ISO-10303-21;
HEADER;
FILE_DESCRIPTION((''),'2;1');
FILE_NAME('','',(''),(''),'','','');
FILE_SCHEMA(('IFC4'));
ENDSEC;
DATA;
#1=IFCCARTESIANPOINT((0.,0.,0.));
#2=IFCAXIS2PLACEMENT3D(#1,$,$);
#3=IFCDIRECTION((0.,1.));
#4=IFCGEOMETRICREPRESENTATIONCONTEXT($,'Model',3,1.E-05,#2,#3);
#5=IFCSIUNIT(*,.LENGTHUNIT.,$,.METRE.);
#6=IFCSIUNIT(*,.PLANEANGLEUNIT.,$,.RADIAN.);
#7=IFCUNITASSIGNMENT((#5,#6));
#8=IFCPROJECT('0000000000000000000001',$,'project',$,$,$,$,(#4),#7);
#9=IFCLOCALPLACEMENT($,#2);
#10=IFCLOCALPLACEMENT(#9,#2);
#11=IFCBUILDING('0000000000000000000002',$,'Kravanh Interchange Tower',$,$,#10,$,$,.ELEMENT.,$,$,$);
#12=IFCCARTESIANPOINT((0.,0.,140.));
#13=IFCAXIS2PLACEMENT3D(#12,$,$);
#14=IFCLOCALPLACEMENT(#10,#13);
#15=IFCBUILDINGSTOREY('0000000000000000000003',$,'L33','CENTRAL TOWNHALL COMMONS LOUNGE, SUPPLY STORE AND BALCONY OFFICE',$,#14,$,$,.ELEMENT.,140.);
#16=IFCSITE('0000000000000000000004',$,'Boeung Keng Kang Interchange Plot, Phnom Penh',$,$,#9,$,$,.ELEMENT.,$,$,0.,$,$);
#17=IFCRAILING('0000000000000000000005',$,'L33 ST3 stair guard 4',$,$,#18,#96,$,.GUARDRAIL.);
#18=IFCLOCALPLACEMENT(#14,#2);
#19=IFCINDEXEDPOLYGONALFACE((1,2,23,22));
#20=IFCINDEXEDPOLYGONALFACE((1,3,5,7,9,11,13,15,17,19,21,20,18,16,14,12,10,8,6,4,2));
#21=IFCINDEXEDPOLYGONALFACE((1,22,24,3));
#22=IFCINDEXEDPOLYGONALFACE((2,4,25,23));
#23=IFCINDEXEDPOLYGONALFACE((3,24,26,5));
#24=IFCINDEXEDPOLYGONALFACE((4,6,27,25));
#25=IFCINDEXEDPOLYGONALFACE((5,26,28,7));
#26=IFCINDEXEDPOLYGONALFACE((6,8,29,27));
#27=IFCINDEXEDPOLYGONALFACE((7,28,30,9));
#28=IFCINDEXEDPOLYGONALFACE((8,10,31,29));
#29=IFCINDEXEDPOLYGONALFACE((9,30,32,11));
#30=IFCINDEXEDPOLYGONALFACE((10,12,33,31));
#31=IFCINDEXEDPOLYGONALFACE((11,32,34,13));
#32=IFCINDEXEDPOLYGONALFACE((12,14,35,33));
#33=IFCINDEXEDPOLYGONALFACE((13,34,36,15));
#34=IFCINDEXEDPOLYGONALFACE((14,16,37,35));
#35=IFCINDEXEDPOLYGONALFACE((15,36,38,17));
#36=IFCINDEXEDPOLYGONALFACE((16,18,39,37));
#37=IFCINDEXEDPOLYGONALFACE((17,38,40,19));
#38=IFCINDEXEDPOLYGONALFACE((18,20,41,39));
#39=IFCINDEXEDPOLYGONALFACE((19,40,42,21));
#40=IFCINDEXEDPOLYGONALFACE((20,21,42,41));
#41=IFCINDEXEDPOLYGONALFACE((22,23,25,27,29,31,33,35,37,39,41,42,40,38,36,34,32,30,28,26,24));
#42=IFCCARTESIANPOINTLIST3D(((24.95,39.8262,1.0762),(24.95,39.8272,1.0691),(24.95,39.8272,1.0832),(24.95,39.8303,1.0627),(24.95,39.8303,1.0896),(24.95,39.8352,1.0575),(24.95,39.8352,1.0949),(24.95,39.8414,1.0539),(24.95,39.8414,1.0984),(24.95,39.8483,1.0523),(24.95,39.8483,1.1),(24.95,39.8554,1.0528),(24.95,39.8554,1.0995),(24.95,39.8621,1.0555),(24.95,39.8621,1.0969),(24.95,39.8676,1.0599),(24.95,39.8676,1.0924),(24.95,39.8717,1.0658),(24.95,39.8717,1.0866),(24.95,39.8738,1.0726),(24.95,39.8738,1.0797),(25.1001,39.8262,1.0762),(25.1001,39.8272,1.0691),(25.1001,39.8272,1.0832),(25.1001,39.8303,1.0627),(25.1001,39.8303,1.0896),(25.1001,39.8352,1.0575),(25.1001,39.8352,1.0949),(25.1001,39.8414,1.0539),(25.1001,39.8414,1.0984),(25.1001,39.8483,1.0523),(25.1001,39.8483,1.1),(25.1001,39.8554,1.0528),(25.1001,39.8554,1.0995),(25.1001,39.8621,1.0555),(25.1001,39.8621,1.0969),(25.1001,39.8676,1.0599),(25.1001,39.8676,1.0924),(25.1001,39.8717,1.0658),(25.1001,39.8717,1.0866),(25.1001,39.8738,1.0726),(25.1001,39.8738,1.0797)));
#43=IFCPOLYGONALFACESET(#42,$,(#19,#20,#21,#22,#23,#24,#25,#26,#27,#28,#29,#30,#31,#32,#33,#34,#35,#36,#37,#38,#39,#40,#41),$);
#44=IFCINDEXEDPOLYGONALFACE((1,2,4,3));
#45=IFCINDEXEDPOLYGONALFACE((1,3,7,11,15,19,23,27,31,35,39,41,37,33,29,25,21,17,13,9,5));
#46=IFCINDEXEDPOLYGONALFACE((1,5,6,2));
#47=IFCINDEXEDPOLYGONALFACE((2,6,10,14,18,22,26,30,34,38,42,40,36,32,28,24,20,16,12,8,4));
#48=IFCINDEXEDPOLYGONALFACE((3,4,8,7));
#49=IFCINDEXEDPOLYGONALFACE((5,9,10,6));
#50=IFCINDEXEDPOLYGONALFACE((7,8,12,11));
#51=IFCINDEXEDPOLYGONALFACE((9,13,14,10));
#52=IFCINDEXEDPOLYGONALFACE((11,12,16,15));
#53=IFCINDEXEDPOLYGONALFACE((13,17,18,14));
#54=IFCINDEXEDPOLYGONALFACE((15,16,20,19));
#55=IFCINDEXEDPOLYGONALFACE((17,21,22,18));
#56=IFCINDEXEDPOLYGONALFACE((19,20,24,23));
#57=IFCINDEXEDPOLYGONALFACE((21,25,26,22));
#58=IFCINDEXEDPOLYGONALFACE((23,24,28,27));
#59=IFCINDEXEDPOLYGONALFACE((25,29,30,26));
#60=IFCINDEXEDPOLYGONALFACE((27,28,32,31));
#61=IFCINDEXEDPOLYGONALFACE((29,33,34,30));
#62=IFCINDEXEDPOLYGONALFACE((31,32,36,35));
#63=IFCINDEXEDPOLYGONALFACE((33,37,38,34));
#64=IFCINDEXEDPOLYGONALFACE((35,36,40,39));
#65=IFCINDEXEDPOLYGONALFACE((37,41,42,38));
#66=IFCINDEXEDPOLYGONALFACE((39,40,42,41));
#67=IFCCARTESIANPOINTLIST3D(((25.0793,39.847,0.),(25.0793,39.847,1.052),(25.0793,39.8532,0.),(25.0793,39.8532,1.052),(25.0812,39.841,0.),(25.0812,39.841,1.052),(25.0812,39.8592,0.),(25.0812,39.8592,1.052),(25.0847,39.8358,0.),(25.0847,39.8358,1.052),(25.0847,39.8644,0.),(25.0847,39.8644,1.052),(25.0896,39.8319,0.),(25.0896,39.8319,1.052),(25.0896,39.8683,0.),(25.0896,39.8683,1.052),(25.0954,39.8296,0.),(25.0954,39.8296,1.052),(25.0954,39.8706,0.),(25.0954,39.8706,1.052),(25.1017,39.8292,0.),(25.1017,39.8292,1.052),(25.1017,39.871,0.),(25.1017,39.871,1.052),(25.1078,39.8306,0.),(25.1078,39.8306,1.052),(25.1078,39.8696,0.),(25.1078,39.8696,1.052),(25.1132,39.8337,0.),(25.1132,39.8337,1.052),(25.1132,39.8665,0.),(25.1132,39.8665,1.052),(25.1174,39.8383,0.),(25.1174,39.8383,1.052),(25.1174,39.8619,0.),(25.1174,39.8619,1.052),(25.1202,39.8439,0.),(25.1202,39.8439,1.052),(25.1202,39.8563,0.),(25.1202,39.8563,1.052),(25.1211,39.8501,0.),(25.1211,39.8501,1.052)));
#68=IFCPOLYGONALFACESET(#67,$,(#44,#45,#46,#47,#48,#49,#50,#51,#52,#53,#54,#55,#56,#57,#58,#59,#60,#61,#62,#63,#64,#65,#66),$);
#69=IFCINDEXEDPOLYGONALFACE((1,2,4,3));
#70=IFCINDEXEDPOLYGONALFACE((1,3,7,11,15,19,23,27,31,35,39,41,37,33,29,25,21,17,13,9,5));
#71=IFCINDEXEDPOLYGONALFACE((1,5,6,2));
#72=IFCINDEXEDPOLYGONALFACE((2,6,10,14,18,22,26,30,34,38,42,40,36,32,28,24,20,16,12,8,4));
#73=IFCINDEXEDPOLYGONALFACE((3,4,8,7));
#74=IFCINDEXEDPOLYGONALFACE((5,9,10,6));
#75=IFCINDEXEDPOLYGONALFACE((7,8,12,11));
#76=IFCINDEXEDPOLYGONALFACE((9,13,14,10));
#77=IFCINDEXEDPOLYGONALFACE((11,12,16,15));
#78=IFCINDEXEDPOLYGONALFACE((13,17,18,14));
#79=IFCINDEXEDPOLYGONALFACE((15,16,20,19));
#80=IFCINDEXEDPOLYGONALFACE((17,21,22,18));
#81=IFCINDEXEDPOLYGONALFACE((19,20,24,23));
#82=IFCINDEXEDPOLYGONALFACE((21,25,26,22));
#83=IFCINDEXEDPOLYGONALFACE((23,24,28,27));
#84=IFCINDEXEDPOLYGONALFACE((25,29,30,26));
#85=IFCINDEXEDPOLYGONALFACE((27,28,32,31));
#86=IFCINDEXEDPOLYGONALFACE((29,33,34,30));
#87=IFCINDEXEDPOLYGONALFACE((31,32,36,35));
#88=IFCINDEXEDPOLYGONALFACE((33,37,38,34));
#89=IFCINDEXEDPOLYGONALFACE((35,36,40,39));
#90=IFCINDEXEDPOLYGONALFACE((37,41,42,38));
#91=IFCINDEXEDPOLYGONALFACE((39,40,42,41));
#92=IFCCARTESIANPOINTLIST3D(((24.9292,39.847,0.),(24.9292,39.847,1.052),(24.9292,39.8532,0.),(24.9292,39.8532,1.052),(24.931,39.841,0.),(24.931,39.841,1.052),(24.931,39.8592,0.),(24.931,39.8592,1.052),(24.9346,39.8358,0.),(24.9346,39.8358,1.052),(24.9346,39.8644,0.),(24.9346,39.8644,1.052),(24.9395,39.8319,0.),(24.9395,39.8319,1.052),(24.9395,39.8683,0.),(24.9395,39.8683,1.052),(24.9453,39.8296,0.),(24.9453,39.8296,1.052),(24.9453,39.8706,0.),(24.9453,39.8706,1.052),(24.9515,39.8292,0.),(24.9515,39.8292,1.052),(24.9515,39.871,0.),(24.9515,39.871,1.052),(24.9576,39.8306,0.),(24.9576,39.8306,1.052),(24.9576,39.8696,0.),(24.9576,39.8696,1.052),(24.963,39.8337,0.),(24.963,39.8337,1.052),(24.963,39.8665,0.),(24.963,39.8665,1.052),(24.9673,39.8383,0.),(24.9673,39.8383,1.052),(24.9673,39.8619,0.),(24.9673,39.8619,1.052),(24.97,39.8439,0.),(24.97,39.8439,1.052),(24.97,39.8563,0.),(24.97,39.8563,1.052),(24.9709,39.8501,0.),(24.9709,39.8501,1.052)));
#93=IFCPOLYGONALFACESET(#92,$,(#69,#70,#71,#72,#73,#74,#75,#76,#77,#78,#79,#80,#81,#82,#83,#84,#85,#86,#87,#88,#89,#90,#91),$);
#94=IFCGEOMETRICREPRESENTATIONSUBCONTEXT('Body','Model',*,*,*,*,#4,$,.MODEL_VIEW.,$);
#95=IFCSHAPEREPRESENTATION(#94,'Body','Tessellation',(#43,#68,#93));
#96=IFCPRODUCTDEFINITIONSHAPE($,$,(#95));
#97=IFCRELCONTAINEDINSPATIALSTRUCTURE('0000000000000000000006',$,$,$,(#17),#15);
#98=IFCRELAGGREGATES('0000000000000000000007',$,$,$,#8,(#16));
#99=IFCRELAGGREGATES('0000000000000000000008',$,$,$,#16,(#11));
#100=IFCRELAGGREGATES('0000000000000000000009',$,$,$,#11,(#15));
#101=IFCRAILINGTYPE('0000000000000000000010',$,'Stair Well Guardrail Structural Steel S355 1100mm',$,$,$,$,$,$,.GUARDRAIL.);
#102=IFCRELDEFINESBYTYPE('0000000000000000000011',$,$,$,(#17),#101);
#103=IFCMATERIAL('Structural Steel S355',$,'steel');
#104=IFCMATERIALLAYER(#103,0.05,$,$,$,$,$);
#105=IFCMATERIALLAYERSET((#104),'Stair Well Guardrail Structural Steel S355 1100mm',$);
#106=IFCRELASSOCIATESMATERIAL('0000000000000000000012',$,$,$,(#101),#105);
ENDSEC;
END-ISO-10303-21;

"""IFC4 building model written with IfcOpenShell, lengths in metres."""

from ifc_helpers import new_model, si_unit, direction, frame, origin, origin_2d, place, context, subcontext, project, spatial, circle, extrude, material, layer, layer_set, type_object, element, save


model = new_model("IFC4")

# Units and contexts
model_context = context("Model", 3, precision=1e-05, world=origin(), true_north=direction((0.0, 1.0)))
body_context = subcontext(model_context, "Body", "Model", "MODEL_VIEW")
ifc_project = project(units=[si_unit("LENGTHUNIT", "METRE"), si_unit("PLANEANGLEUNIT", "RADIAN")], contexts=[model_context])

# Site, building, storey
site_placement = place(None, origin())
site = spatial("IfcSite", under=ifc_project, at=site_placement, Name="Boeung Keng Kang Interchange Plot, Phnom Penh", CompositionType="ELEMENT", RefElevation=0.0)
building_placement = place(site_placement, origin())
building = spatial("IfcBuilding", under=site, at=building_placement, Name="Kravanh Interchange Tower", CompositionType="ELEMENT")
storey_placement = place(building_placement, frame((0.0, 0.0, 140.0)))
storey = spatial("IfcBuildingStorey", under=building, at=storey_placement, Name="L33", Description="CENTRAL TOWNHALL COMMONS LOUNGE, SUPPLY STORE AND BALCONY OFFICE", CompositionType="ELEMENT", Elevation=140.0)

# Railing
ifc_material_1 = material(Name="Structural Steel S355", Category="steel")
ifc_layer_1 = layer(ifc_material_1, 0.05)
ifc_layer_set_1 = layer_set([ifc_layer_1], Name="Stair Well Guardrail Structural Steel S355 1100mm")
railing_type_1 = type_object("IfcRailingType", Name="Stair Well Guardrail Structural Steel S355 1100mm", PredefinedType="GUARDRAIL", material=ifc_layer_set_1)
railing_1_placement = place(storey_placement, frame((25.1001, 39.8501, 0.0)))
element("IfcRailing", 1, at=railing_1_placement, inside=storey, type_object=railing_type_1, Name="L33 ST3 stair guard 4", PredefinedType="GUARDRAIL", context=body_context, shape_type="SweptSolid", body=[
    extrude(circle(Radius=0.0239, at=origin_2d()), frame((0.0, 0.0, 1.0762), z_axis=(-1.0, 0.0, 0.0), x_axis=(0.0, -1.0, 0.0)), (0.0, 0.0, 1.0), 0.1501),
    extrude(circle(Radius=0.021, at=origin_2d()), origin(), (0.0, 0.0, 1.0), 1.052),
    extrude(circle(Radius=0.021, at=origin_2d()), frame((-0.1501, 0.0, 0.0)), (0.0, 0.0, 1.0), 1.052),
])

save(model, "model.ifc")
